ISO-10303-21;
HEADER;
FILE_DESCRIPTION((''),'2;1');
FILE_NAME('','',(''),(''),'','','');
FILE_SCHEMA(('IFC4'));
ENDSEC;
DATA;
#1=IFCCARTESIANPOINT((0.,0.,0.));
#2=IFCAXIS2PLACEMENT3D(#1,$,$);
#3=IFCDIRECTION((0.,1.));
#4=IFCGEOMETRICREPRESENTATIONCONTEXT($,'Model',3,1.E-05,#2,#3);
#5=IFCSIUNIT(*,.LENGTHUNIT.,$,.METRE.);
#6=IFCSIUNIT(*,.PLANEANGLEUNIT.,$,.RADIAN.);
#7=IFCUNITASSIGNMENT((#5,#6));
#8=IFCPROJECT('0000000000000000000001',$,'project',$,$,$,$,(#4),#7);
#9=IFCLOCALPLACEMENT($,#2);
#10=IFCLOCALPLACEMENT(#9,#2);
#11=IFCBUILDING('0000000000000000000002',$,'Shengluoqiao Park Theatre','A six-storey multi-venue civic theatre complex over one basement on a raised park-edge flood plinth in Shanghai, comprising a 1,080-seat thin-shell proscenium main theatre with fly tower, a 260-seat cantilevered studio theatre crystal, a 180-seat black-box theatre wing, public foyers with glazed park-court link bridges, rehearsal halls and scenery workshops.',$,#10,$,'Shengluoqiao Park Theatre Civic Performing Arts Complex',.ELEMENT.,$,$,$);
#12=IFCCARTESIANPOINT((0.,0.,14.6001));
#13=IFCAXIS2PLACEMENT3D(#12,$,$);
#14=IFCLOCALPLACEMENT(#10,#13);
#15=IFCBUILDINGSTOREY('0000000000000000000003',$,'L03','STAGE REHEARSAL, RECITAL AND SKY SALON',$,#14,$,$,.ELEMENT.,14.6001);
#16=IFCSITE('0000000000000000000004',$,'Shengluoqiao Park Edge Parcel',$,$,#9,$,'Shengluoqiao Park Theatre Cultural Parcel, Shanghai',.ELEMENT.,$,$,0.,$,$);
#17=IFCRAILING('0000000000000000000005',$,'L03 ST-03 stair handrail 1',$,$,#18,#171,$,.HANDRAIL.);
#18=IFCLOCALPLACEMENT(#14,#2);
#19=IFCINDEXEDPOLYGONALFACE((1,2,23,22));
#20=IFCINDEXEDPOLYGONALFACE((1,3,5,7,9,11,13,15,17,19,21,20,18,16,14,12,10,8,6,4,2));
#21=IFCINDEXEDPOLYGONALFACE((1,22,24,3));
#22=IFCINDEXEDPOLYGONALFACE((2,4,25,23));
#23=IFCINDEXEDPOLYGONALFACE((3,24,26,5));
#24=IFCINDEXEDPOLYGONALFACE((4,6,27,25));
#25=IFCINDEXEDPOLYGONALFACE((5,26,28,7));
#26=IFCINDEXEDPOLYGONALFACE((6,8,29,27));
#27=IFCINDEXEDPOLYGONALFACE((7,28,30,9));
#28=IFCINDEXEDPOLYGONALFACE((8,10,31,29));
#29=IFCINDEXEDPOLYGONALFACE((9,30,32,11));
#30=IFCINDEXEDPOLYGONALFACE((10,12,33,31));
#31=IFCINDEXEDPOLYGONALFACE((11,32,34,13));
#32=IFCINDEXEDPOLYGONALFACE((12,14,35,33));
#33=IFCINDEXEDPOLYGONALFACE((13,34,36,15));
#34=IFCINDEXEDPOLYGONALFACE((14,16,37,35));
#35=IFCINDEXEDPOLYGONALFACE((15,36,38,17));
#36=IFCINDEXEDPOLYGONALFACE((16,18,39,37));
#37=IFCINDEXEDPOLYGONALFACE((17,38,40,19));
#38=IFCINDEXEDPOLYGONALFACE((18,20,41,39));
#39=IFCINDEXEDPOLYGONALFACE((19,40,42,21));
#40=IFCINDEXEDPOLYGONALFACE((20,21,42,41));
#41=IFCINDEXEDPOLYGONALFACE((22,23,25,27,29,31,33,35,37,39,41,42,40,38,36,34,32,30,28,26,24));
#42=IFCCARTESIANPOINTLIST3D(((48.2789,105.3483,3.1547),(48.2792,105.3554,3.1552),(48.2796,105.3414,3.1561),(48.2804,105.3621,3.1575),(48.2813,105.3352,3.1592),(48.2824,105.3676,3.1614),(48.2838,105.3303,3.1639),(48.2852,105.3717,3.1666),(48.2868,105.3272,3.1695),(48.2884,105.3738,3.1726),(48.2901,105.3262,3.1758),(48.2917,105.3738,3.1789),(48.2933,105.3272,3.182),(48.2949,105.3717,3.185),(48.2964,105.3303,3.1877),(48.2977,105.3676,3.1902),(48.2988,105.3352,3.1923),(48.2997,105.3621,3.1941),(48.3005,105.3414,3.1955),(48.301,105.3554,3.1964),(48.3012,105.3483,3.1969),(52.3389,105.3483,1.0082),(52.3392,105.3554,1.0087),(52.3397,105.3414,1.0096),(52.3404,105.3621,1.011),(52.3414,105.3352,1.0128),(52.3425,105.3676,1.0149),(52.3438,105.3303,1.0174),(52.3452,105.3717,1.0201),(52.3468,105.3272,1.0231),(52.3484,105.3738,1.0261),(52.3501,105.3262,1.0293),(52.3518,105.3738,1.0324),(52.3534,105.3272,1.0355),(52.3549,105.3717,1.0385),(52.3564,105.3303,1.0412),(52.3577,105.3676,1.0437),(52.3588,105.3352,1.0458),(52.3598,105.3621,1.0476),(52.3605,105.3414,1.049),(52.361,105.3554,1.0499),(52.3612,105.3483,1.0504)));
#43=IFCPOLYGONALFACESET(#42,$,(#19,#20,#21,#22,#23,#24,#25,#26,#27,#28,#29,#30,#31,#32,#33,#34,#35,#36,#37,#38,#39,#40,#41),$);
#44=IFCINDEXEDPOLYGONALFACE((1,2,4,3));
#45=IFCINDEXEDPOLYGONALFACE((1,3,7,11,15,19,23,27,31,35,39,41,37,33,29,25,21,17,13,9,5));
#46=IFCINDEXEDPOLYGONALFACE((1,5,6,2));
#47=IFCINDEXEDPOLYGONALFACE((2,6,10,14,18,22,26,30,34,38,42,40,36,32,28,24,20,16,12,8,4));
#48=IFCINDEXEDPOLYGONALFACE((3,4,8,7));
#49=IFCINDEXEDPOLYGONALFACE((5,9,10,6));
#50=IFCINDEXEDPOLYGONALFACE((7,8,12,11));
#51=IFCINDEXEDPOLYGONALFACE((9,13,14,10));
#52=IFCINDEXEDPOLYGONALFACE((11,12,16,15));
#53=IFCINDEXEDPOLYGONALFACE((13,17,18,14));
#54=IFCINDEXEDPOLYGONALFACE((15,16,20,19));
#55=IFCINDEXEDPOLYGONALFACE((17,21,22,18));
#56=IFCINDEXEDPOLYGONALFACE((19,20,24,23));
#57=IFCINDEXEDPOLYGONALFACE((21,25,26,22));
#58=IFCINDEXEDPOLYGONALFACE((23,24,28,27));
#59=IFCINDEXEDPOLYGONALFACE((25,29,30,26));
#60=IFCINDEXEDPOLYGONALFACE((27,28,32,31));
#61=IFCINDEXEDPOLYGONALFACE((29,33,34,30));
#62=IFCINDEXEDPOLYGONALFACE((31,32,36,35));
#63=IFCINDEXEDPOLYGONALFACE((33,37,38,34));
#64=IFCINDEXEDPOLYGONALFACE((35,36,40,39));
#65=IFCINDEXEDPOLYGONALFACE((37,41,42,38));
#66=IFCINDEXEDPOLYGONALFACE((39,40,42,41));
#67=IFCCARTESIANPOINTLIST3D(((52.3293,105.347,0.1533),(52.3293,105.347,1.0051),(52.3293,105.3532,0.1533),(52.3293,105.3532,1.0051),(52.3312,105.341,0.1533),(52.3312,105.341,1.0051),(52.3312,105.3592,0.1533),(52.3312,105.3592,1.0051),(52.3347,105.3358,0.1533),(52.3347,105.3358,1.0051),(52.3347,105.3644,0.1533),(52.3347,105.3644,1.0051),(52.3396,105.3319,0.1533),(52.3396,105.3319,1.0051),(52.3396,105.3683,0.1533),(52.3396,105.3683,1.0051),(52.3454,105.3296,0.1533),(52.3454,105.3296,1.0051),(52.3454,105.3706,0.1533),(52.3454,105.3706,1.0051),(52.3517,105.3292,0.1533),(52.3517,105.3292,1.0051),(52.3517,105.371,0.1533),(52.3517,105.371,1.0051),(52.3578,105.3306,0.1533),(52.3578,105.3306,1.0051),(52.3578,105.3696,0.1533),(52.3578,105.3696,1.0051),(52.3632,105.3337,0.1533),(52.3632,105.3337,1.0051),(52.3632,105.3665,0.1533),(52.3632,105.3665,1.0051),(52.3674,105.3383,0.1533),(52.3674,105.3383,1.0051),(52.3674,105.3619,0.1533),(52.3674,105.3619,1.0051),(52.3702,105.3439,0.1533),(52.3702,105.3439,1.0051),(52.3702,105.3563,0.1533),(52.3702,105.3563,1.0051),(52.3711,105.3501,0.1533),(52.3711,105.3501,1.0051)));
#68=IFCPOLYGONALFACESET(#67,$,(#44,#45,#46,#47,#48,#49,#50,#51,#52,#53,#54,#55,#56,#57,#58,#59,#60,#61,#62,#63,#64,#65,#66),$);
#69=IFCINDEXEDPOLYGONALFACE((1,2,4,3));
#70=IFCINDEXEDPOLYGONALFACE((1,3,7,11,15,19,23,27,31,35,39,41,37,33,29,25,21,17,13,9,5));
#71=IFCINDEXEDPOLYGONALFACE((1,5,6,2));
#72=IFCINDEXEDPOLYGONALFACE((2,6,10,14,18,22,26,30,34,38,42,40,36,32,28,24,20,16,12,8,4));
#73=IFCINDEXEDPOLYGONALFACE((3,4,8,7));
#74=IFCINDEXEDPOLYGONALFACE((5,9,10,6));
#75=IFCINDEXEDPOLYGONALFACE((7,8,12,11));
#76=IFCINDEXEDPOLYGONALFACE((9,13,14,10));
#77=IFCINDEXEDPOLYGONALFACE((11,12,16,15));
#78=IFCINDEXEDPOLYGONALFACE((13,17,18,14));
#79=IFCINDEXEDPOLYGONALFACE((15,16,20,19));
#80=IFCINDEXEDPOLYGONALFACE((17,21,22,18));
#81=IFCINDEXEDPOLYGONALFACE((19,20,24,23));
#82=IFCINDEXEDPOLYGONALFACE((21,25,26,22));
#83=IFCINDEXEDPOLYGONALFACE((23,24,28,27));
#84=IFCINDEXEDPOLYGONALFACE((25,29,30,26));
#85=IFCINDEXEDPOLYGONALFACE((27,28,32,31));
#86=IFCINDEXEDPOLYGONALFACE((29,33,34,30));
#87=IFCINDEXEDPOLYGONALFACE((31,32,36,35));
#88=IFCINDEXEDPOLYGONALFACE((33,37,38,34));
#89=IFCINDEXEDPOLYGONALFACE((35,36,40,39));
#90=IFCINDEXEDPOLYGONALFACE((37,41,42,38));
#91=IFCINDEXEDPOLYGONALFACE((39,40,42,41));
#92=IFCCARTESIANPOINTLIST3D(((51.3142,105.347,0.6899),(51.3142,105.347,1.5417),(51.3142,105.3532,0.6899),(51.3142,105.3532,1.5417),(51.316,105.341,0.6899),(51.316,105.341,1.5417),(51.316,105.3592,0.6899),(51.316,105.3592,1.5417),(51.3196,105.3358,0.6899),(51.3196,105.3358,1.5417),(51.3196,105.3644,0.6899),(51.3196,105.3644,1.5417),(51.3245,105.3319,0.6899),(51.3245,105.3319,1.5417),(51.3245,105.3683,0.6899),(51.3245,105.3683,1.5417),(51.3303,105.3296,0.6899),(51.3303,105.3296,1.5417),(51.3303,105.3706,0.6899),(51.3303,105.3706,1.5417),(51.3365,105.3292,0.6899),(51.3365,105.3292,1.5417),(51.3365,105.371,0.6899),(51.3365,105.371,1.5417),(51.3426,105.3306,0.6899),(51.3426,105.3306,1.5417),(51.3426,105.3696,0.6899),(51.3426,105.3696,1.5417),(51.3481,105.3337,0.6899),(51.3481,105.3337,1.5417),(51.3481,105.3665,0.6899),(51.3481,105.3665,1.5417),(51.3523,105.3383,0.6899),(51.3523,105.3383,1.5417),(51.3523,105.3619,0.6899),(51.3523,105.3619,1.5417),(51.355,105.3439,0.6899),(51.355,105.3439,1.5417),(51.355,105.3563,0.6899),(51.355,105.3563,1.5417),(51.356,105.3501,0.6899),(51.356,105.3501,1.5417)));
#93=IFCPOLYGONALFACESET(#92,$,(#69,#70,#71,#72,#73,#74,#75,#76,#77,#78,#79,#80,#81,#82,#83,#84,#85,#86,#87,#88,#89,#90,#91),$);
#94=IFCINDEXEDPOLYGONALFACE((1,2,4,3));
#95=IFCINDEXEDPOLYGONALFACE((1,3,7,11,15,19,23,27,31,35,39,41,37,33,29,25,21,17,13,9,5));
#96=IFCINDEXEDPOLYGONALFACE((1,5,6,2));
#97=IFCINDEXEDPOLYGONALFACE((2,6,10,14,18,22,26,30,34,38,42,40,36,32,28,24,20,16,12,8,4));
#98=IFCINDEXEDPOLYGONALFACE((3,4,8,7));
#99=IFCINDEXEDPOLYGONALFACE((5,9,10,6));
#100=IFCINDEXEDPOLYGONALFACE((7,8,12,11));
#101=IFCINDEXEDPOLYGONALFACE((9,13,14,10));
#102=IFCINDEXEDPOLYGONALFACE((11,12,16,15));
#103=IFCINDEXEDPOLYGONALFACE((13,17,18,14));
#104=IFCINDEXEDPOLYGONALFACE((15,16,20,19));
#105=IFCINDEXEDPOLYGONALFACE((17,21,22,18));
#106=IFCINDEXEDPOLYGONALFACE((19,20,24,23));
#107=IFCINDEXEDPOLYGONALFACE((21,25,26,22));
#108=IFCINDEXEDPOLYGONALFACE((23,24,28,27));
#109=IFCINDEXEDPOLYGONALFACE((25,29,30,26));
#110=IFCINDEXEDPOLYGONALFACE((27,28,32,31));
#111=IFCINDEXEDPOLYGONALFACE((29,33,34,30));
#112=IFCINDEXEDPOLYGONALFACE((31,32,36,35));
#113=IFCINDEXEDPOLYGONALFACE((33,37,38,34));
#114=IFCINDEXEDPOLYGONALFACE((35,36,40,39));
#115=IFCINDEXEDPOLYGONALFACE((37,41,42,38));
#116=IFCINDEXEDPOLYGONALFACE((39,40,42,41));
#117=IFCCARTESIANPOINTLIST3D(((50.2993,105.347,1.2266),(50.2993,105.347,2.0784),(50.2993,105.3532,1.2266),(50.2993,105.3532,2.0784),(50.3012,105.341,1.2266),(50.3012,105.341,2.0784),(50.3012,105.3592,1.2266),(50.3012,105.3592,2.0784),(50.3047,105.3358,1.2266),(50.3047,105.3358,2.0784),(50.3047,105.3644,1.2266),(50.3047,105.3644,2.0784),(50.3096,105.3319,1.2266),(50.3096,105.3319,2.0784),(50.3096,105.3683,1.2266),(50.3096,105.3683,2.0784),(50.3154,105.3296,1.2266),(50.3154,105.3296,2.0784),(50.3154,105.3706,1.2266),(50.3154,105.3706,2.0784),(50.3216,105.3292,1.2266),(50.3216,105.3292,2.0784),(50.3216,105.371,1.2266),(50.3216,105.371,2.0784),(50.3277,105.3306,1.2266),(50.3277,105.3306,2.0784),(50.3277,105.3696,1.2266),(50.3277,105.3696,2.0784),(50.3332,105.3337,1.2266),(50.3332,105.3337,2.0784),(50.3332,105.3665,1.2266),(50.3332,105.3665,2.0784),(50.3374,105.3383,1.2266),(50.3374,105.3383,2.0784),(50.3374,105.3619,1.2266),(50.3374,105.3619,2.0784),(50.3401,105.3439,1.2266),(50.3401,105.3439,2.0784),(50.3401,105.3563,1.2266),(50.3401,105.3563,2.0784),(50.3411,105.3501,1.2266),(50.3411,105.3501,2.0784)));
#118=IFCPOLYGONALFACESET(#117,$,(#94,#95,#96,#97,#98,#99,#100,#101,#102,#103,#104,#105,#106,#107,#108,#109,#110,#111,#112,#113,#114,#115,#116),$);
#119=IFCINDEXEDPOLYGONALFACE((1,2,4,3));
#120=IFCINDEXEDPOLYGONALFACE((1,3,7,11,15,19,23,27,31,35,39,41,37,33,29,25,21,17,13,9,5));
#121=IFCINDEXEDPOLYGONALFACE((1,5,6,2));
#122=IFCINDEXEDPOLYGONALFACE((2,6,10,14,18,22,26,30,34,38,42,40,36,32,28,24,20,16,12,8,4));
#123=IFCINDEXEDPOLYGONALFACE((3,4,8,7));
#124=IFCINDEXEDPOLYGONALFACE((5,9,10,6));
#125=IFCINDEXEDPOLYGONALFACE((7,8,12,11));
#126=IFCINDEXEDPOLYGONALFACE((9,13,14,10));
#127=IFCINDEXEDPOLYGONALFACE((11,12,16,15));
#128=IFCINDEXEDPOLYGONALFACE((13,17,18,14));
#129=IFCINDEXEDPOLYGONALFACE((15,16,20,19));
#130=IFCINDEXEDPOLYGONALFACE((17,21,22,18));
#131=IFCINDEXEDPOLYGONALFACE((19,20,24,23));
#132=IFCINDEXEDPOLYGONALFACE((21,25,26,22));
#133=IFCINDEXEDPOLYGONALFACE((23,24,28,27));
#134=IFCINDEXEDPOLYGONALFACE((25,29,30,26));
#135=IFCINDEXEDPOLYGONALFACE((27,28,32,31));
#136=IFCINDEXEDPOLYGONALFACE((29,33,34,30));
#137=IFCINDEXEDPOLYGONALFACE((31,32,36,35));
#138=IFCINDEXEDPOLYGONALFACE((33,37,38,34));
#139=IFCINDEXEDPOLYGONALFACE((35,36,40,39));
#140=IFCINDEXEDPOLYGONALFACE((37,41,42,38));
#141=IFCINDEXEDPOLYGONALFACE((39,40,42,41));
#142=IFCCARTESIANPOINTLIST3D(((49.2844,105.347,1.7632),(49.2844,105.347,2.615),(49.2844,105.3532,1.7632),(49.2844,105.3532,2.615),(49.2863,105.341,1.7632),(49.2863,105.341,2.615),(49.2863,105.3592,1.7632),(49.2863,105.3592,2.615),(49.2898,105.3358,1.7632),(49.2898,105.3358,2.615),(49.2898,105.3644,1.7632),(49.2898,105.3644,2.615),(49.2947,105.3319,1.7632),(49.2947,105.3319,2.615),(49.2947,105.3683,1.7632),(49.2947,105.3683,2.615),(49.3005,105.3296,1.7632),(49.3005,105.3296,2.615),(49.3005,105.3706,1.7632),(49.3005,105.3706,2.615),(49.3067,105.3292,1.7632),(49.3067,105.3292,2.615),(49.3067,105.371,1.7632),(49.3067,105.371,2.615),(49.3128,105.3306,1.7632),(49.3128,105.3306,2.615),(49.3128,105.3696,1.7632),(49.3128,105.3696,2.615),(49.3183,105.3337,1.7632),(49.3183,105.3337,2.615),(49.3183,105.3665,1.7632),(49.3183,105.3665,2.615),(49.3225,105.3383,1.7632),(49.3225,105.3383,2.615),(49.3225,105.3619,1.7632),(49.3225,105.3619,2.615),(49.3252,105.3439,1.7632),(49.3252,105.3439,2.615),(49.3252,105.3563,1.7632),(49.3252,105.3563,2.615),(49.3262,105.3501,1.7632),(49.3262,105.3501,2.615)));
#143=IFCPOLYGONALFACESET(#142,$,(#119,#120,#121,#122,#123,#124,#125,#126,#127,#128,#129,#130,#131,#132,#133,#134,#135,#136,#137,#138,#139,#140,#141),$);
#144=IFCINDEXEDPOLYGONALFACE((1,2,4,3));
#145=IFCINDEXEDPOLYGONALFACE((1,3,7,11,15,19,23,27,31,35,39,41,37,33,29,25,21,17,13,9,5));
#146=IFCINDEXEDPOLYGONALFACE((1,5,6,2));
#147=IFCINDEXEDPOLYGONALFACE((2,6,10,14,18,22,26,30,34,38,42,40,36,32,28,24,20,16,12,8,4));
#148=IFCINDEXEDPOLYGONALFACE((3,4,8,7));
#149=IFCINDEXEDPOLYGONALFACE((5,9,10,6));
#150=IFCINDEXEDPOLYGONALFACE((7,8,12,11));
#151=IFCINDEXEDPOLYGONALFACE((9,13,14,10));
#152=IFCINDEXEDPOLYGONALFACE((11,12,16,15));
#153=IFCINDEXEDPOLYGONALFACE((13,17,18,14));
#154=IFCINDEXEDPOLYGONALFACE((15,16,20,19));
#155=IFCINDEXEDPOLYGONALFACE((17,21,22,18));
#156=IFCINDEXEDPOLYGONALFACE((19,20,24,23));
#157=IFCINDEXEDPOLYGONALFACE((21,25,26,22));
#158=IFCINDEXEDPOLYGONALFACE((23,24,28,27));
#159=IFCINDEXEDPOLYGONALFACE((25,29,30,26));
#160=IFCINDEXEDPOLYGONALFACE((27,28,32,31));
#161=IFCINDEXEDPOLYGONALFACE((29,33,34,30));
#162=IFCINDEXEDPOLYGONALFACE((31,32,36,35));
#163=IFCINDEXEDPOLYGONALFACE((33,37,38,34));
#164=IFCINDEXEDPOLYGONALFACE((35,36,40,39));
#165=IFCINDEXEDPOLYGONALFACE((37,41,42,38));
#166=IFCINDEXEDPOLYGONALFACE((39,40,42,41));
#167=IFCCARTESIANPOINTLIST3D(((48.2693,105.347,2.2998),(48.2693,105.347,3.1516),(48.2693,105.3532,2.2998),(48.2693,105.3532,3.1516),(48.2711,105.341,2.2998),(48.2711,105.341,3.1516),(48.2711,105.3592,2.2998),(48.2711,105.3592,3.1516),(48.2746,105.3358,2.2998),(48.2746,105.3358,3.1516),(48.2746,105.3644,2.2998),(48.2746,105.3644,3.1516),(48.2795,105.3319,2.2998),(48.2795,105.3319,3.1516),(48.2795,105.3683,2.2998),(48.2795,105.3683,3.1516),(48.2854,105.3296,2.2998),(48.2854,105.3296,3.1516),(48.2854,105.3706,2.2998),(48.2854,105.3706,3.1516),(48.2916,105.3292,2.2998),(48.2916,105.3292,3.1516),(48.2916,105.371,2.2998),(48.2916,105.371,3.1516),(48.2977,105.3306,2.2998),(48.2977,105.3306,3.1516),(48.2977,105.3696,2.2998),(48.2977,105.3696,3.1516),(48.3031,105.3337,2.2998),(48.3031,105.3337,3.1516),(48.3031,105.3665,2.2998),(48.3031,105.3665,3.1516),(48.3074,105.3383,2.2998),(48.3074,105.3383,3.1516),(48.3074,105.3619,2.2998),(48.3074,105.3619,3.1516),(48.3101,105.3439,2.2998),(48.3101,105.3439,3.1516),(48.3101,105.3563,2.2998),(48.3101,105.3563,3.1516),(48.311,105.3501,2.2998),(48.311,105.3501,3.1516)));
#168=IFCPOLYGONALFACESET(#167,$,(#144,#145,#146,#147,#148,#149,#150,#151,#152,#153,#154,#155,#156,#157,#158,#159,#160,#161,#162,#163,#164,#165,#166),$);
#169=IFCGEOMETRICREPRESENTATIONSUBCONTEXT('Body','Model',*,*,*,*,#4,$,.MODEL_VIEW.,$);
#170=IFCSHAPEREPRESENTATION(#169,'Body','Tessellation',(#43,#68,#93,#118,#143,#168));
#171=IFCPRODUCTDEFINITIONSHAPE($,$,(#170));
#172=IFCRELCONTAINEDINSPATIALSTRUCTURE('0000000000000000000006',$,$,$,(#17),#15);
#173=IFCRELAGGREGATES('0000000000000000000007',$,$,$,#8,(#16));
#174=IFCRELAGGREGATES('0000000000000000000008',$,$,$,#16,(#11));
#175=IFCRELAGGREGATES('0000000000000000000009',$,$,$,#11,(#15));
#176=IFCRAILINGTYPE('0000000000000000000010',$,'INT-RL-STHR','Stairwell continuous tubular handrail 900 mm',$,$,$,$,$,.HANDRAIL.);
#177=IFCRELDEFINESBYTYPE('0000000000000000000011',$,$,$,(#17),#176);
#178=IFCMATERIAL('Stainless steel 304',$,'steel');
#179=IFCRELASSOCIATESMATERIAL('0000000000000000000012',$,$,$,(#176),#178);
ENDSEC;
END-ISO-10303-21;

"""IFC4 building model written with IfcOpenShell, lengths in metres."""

from ifc_helpers import new_model, si_unit, direction, frame, origin, origin_2d, place, context, subcontext, project, spatial, circle, extrude, material, type_object, element, save


model = new_model("IFC4")

# Units and contexts
model_context = context("Model", 3, precision=1e-05, world=origin(), true_north=direction((0.0, 1.0)))
body_context = subcontext(model_context, "Body", "Model", "MODEL_VIEW")
ifc_project = project(units=[si_unit("LENGTHUNIT", "METRE"), si_unit("PLANEANGLEUNIT", "RADIAN")], contexts=[model_context])

# Site, building, storey
site_placement = place(None, origin())
site = spatial("IfcSite", under=ifc_project, at=site_placement, Name="Shengluoqiao Park Edge Parcel", LongName="Shengluoqiao Park Theatre Cultural Parcel, Shanghai", CompositionType="ELEMENT", RefElevation=0.0)
building_placement = place(site_placement, origin())
building = spatial("IfcBuilding", under=site, at=building_placement, Name="Shengluoqiao Park Theatre", Description="A six-storey multi-venue civic theatre complex over one basement on a raised park-edge flood plinth in Shanghai, comprising a 1,080-seat thin-shell proscenium main theatre with fly tower, a 260-seat cantilevered studio theatre crystal, a 180-seat black-box theatre wing, public foyers with glazed park-court link bridges, rehearsal halls and scenery workshops.", LongName="Shengluoqiao Park Theatre Civic Performing Arts Complex", CompositionType="ELEMENT")
storey_placement = place(building_placement, frame((0.0, 0.0, 14.6001)))
storey = spatial("IfcBuildingStorey", under=building, at=storey_placement, Name="L03", Description="STAGE REHEARSAL, RECITAL AND SKY SALON", CompositionType="ELEMENT", Elevation=14.6001)

# Shared definitions
ifc_material_1 = material(Name="Stainless steel 304", Category="steel")

# Railing
railing_type_1 = type_object("IfcRailingType", Name="INT-RL-STHR", Description="Stairwell continuous tubular handrail 900 mm", PredefinedType="HANDRAIL", material=ifc_material_1)
railing_1_placement = place(storey_placement, frame((52.3501, 105.3501, 0.1533)))
element("IfcRailing", 1, at=railing_1_placement, inside=storey, type_object=railing_type_1, Name="L03 ST-03 stair handrail 1", PredefinedType="HANDRAIL", context=body_context, shape_type="SweptSolid", body=[
    extrude(circle(Radius=0.0239, at=origin_2d()), frame((0.0, 0.0, 0.876), z_axis=(-0.884054, 0.0, 0.467384), x_axis=(0.0, -1.0, 0.0)), (0.0, 0.0, 1.0), 4.5925),
    extrude(circle(Radius=0.021, at=origin_2d()), origin(), (0.0, 0.0, 1.0), 0.8518),
    extrude(circle(Radius=0.021, at=origin_2d()), frame((-1.0151, 0.0, 0.5366)), (0.0, 0.0, 1.0), 0.8518),
    extrude(circle(Radius=0.021, at=origin_2d()), frame((-2.03, 0.0, 1.0732)), (0.0, 0.0, 1.0), 0.8518),
    extrude(circle(Radius=0.021, at=origin_2d()), frame((-3.0449, 0.0, 1.6099)), (0.0, 0.0, 1.0), 0.8518),
    extrude(circle(Radius=0.021, at=origin_2d()), frame((-4.0601, 0.0, 2.1465)), (0.0, 0.0, 1.0), 0.8518),
])

save(model, "model.ifc")
